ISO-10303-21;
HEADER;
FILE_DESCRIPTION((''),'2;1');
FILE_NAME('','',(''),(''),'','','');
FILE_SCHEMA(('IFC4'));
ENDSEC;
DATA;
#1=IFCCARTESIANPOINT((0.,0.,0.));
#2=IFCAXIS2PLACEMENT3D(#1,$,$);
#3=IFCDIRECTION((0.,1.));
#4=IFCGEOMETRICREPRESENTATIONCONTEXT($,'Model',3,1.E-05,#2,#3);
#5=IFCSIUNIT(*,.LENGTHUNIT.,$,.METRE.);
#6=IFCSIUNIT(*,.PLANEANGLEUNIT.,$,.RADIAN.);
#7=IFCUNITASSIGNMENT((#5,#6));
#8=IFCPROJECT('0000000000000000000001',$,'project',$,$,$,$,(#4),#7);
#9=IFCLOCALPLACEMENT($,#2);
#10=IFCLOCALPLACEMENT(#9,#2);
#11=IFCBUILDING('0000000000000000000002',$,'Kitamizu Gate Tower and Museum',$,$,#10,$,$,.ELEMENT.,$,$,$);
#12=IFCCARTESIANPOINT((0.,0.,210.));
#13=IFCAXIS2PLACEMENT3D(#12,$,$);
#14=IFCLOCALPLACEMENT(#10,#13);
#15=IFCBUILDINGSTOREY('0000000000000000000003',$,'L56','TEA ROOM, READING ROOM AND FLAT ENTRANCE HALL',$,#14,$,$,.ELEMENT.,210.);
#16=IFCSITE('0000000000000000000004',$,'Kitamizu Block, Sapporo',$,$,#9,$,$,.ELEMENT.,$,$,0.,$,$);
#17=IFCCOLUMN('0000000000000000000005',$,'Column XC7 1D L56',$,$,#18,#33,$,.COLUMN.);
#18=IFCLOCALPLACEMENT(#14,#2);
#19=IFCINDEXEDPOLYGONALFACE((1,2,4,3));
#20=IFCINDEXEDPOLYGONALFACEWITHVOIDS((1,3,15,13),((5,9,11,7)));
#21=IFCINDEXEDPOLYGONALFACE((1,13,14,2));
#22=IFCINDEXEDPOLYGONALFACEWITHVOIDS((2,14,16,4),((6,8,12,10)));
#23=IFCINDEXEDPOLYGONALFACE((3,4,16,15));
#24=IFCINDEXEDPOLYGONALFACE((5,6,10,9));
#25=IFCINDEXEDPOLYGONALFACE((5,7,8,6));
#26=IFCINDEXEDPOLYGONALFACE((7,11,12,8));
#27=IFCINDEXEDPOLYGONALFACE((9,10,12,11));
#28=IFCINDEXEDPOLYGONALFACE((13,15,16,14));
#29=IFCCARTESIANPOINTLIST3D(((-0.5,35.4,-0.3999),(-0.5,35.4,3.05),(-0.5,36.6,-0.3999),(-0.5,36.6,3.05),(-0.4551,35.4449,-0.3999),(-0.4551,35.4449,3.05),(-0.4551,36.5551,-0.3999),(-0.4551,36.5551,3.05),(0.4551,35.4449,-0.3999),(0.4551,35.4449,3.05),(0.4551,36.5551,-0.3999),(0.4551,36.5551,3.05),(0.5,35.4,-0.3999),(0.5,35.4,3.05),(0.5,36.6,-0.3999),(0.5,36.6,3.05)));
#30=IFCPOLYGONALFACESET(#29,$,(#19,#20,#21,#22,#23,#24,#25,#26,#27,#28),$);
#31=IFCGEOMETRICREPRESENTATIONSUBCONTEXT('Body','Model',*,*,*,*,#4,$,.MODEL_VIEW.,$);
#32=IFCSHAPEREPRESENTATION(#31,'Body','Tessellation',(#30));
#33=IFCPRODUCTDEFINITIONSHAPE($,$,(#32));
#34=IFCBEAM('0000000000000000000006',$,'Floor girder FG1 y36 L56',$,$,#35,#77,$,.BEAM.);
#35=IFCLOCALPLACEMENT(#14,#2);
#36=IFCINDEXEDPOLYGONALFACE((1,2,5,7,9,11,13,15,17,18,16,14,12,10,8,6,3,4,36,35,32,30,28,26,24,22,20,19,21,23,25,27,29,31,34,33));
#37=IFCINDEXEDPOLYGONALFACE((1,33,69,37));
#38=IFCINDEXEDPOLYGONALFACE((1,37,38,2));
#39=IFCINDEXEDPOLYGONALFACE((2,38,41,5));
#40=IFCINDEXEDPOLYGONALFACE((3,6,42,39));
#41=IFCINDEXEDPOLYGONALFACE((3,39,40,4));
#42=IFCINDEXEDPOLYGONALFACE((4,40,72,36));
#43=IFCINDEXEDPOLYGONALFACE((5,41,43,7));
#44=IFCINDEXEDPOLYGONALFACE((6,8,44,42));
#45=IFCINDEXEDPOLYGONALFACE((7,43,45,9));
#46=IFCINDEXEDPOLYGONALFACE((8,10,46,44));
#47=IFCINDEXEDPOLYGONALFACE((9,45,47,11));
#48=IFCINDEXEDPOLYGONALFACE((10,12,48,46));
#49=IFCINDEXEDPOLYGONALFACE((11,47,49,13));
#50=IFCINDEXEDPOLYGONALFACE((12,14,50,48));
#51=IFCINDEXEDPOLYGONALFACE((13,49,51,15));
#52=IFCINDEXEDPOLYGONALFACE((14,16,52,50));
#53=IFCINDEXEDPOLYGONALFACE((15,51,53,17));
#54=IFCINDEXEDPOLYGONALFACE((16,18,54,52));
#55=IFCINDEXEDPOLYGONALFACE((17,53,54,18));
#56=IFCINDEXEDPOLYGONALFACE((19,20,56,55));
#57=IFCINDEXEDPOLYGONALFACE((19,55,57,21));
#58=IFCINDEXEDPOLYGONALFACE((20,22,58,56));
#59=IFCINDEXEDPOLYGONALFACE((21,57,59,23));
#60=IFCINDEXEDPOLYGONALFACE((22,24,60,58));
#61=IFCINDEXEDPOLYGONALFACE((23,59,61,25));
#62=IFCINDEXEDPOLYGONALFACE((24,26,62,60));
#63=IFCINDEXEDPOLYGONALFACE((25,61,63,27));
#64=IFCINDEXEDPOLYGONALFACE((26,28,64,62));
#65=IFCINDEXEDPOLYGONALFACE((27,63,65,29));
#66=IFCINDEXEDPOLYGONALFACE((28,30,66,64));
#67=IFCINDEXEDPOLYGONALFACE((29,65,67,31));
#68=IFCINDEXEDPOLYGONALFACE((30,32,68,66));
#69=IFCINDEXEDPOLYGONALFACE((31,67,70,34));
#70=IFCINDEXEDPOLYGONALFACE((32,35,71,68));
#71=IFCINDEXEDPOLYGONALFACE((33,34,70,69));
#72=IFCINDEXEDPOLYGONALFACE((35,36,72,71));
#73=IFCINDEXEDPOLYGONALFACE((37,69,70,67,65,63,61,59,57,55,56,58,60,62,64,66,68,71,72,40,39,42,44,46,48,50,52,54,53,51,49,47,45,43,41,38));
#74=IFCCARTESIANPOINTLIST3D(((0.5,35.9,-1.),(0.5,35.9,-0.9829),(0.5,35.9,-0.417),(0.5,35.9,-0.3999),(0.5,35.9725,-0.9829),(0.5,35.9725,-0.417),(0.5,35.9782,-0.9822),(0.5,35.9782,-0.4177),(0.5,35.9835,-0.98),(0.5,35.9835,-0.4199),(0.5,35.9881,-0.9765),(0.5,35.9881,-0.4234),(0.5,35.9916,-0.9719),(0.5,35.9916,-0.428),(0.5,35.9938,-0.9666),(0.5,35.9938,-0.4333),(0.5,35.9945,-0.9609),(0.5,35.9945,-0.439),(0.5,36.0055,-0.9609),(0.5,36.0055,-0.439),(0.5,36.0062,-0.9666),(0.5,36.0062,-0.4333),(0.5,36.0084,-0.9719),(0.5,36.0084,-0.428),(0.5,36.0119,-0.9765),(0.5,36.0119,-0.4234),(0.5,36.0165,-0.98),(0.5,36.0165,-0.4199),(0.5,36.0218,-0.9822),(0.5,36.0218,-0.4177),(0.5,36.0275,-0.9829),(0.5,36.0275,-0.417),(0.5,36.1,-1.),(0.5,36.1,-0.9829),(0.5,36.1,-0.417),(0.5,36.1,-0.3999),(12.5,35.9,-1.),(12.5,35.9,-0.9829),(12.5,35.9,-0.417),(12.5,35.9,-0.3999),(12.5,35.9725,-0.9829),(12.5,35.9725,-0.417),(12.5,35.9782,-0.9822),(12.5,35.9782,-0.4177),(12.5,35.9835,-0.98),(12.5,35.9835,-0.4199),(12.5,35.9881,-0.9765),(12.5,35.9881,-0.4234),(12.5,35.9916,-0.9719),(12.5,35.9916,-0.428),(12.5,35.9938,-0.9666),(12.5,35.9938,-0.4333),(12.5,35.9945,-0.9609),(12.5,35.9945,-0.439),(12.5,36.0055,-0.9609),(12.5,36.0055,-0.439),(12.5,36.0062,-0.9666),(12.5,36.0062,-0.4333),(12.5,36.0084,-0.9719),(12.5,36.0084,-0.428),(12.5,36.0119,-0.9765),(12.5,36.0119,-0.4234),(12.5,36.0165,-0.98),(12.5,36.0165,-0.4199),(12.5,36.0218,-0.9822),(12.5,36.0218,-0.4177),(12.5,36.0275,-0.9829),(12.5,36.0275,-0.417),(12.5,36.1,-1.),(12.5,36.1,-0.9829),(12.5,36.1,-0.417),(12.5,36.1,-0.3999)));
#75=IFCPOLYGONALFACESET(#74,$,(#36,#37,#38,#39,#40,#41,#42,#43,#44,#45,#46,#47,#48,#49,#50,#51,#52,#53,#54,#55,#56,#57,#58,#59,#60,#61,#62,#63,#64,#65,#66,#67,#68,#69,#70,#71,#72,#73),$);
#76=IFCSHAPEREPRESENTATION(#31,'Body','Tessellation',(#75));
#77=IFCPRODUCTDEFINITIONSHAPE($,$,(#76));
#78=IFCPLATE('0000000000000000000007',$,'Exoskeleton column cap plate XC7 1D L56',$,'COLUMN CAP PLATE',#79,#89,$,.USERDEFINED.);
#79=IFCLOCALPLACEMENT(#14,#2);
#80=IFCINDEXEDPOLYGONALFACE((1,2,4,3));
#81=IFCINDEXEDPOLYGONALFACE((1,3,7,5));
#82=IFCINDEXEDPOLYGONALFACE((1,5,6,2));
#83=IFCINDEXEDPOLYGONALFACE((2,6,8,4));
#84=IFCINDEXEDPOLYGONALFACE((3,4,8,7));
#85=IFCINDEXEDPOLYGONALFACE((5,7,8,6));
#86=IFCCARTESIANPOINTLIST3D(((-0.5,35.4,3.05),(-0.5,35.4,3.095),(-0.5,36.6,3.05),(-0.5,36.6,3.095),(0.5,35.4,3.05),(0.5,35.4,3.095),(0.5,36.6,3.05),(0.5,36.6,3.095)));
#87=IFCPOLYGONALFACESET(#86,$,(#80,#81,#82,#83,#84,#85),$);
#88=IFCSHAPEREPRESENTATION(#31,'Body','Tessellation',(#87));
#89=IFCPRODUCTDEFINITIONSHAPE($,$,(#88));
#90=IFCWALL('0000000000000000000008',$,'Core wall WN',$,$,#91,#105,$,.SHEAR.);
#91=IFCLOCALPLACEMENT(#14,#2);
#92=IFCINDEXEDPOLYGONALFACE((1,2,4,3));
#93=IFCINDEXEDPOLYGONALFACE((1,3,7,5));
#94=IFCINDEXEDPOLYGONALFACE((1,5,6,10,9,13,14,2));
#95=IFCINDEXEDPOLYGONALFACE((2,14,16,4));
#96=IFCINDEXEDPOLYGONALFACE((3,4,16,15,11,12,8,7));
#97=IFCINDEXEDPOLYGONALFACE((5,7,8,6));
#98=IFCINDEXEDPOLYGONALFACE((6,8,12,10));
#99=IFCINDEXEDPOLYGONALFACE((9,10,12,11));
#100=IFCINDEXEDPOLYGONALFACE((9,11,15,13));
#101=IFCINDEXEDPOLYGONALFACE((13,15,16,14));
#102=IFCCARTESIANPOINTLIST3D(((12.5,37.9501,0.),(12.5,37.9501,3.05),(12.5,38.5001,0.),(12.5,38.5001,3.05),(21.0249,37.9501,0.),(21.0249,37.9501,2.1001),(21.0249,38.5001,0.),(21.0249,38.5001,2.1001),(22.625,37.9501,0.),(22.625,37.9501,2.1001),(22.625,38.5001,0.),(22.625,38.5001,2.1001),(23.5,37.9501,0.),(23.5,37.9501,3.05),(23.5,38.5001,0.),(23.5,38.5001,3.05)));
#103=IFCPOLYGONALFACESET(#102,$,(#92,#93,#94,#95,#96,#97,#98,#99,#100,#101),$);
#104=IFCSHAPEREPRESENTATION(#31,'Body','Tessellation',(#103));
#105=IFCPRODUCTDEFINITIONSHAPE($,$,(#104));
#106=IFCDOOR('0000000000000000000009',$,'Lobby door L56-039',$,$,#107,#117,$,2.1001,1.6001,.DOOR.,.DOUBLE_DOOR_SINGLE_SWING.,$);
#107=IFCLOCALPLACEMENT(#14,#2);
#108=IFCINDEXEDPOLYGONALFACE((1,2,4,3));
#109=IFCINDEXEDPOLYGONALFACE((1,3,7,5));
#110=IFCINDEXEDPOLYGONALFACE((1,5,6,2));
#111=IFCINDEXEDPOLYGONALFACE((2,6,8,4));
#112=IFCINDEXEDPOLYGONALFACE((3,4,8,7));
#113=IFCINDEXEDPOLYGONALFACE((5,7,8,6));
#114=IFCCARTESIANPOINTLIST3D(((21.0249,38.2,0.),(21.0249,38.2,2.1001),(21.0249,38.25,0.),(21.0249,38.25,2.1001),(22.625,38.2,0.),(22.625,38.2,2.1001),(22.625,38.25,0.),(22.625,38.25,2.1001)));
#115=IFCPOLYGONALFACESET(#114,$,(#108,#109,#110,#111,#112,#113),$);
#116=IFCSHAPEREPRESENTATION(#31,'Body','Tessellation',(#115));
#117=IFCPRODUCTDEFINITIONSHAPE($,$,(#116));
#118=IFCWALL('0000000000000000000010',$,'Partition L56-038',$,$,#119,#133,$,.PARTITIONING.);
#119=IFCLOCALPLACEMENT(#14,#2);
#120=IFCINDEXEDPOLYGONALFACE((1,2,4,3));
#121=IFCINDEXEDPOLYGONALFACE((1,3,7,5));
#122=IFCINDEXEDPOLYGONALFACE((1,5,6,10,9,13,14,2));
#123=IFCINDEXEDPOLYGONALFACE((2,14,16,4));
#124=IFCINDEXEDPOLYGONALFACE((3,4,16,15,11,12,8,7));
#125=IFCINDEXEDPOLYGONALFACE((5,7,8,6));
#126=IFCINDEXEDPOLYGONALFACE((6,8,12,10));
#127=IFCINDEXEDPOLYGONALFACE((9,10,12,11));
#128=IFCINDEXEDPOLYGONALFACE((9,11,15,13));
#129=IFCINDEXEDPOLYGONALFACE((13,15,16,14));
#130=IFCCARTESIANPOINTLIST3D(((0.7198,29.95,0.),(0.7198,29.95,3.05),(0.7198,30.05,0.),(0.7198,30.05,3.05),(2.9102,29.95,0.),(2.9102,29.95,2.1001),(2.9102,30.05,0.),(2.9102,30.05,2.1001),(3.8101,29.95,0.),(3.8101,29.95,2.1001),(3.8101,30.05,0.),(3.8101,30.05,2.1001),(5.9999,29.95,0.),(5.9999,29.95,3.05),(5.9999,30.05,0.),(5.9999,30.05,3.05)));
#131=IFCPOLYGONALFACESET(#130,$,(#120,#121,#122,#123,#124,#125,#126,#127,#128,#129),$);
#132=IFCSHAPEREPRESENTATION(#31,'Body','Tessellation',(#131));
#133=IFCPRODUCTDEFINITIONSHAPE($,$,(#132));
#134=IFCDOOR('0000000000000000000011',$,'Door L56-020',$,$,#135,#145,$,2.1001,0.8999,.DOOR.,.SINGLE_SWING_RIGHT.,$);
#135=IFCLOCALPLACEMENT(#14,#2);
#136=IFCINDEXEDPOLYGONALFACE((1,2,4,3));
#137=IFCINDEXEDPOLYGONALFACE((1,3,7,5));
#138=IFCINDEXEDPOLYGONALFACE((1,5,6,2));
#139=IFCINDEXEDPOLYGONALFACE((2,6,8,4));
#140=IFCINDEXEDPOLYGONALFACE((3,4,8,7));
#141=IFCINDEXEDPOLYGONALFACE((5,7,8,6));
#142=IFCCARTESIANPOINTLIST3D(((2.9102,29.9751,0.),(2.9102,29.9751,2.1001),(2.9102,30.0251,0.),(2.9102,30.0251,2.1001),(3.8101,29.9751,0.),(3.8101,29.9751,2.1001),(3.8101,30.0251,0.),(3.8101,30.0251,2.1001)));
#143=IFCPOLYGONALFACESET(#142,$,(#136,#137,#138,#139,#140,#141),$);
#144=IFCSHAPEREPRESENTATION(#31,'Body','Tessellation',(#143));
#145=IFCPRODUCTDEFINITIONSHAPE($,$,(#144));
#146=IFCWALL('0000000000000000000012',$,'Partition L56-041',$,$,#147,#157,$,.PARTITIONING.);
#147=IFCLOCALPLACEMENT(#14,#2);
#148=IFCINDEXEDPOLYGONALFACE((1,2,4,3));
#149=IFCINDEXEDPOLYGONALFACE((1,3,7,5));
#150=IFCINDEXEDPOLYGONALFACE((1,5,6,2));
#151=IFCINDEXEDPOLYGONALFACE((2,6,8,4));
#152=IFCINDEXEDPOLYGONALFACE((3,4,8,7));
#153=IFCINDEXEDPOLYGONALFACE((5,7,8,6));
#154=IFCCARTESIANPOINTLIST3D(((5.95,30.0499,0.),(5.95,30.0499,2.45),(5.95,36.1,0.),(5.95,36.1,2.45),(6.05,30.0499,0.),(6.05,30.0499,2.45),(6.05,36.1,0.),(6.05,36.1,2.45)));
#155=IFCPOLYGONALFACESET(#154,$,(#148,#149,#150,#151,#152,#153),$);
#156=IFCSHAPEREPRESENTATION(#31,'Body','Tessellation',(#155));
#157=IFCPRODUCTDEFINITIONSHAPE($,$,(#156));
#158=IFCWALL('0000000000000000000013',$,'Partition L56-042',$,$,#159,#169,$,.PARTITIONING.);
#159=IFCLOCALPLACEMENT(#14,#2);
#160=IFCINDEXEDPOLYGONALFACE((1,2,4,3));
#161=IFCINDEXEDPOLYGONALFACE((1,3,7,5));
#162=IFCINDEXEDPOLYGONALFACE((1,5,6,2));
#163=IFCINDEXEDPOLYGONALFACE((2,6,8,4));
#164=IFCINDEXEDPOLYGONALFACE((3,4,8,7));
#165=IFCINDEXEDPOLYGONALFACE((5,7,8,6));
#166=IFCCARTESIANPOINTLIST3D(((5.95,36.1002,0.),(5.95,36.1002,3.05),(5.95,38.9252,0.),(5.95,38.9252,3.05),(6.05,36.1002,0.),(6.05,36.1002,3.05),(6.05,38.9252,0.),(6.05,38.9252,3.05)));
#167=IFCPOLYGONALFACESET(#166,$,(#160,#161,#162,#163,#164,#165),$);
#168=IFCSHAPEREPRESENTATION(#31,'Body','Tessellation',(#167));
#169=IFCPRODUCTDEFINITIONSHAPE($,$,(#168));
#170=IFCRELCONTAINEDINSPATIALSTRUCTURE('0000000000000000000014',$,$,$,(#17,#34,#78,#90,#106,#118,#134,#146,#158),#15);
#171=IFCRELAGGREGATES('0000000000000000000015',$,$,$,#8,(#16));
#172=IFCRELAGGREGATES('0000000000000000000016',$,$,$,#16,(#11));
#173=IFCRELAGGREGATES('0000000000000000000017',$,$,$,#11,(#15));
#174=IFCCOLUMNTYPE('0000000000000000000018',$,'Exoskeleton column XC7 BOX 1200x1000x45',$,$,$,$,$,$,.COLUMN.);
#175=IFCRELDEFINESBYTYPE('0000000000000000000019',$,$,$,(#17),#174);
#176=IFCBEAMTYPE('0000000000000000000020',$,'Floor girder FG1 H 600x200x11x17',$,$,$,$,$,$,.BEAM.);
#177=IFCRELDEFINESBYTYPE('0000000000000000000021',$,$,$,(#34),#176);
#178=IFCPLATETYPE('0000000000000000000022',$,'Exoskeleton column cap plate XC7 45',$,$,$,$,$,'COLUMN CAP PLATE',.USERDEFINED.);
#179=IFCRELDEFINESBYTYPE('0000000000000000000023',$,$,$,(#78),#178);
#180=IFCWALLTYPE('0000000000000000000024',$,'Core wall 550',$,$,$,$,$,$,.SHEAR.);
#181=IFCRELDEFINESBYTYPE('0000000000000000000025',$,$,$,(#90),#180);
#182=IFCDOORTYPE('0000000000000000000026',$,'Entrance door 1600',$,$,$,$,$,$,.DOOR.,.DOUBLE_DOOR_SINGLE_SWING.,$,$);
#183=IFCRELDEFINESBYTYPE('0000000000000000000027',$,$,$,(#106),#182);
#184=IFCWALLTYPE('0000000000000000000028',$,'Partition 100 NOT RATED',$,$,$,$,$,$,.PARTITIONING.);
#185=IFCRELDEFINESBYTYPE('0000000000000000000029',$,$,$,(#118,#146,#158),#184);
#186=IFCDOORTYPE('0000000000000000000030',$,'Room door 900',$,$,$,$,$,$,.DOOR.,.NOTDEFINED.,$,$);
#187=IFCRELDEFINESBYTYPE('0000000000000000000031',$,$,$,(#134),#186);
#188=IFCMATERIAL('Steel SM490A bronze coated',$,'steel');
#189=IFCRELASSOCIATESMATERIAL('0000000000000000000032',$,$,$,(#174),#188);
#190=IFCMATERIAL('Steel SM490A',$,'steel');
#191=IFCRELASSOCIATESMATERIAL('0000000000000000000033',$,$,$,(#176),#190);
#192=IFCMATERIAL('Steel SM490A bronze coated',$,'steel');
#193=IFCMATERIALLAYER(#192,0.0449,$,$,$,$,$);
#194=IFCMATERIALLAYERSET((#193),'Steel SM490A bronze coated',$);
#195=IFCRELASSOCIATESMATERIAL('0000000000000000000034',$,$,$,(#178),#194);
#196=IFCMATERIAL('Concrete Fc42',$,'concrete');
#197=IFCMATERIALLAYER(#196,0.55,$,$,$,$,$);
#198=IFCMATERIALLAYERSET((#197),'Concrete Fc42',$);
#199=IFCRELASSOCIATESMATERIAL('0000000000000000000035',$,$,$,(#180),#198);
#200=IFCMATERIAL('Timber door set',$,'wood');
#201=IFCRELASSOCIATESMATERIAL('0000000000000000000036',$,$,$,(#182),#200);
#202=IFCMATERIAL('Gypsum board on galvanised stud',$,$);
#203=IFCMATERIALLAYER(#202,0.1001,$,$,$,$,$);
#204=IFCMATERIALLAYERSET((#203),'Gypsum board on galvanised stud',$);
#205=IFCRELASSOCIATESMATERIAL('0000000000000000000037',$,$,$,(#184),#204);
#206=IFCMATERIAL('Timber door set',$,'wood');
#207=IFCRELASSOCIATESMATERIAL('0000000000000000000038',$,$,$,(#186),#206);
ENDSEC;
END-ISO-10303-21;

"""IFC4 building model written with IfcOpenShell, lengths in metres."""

from ifc_helpers import new_model, si_unit, direction, frame, frame_2d, origin, origin_2d, place, context, subcontext, project, spatial, rectangle, hollow_rectangle, i_section, extrude, material, layer, layer_set, material_profile, profile_set, type_object, element, fill, save


model = new_model("IFC4")

# Units and contexts
model_context = context("Model", 3, precision=1e-05, world=origin(), true_north=direction((0.0, 1.0)))
body_context = subcontext(model_context, "Body", "Model", "MODEL_VIEW")
ifc_project = project(units=[si_unit("LENGTHUNIT", "METRE"), si_unit("PLANEANGLEUNIT", "RADIAN")], contexts=[model_context])

# Site, building, storey
site_placement = place(None, origin())
site = spatial("IfcSite", under=ifc_project, at=site_placement, Name="Kitamizu Block, Sapporo", CompositionType="ELEMENT", RefElevation=0.0)
building_placement = place(site_placement, origin())
building = spatial("IfcBuilding", under=site, at=building_placement, Name="Kitamizu Gate Tower and Museum", CompositionType="ELEMENT")
storey_placement = place(building_placement, frame((0.0, 0.0, 210.0)))
storey = spatial("IfcBuildingStorey", under=building, at=storey_placement, Name="L56", Description="TEA ROOM, READING ROOM AND FLAT ENTRANCE HALL", CompositionType="ELEMENT", Elevation=210.0)

# Column
ifc_material_1 = material(Name="Steel SM490A bronze coated", Category="steel")
ifc_material_profile_1 = material_profile(ifc_material_1, hollow_rectangle(XDim=1.2, YDim=1.0, WallThickness=0.0449, at=origin_2d()), Name="BOX 1200x1000x45")
ifc_profile_set_1 = profile_set([ifc_material_profile_1], Name="Steel SM490A bronze coated")
column_type = type_object("IfcColumnType", Name="Exoskeleton column XC7 BOX 1200x1000x45", PredefinedType="COLUMN", material=ifc_profile_set_1)
column_placement = place(storey_placement, frame((0.0, 36.0, -0.3999), z_axis=(0.0, 0.0, 1.0), x_axis=(0.0, 1.0, 0.0)))
element("IfcColumn", 1, at=column_placement, inside=storey, type_object=column_type, Name="Column XC7 1D L56", PredefinedType="COLUMN", context=body_context, shape_type="SweptSolid", body=[
    extrude(hollow_rectangle(XDim=1.2, YDim=1.0, WallThickness=0.0449, at=origin_2d()), origin(), (0.0, 0.0, 1.0), 3.45),
])

# Beam
ifc_material_2 = material(Name="Steel SM490A", Category="steel")
ifc_material_profile_2 = material_profile(ifc_material_2, i_section(OverallWidth=0.2, OverallDepth=0.6001, WebThickness=0.011, FlangeThickness=0.0171, FilletRadius=0.022, at=origin_2d()), Name="H-600x200x11x17")
ifc_profile_set_2 = profile_set([ifc_material_profile_2], Name="Steel SM490A")
beam_type = type_object("IfcBeamType", Name="Floor girder FG1 H 600x200x11x17", PredefinedType="BEAM", material=ifc_profile_set_2)
beam_placement = place(storey_placement, frame((0.5, 36.0, -0.7), z_axis=(1.0, 0.0, 0.0), x_axis=(0.0, 1.0, 0.0)))
element("IfcBeam", 2, at=beam_placement, inside=storey, type_object=beam_type, Name="Floor girder FG1 y36 L56", PredefinedType="BEAM", context=body_context, shape_type="SweptSolid", body=[
    extrude(i_section(OverallWidth=0.2, OverallDepth=0.6001, WebThickness=0.011, FlangeThickness=0.0171, FilletRadius=0.022, at=origin_2d()), origin(), (0.0, 0.0, 1.0), 12.0),
])

# Plate
ifc_material_3 = material(Name="Steel SM490A bronze coated", Category="steel")
ifc_layer_1 = layer(ifc_material_3, 0.0449)
ifc_layer_set_1 = layer_set([ifc_layer_1], Name="Steel SM490A bronze coated")
plate_type = type_object("IfcPlateType", Name="Exoskeleton column cap plate XC7 45", ElementType="COLUMN CAP PLATE", PredefinedType="USERDEFINED", material=ifc_layer_set_1)
plate_placement = place(storey_placement, frame((0.0, 36.0, 3.05), z_axis=(0.0, 0.0, 1.0), x_axis=(0.0, 1.0, 0.0)))
element("IfcPlate", 3, at=plate_placement, inside=storey, type_object=plate_type, Name="Exoskeleton column cap plate XC7 1D L56", ObjectType="COLUMN CAP PLATE", PredefinedType="USERDEFINED", context=body_context, shape_type="SweptSolid", body=[
    extrude(rectangle(XDim=1.2, YDim=1.0, at=origin_2d()), origin(), (0.0, 0.0, 1.0), 0.0449),
])

# Walls, openings, doors
ifc_material_4 = material(Name="Concrete Fc42", Category="concrete")
ifc_layer_2 = layer(ifc_material_4, 0.55)
ifc_layer_set_2 = layer_set([ifc_layer_2], Name="Concrete Fc42")
wall_type_1 = type_object("IfcWallType", Name="Core wall 550", PredefinedType="SHEAR", material=ifc_layer_set_2)
wall_1_placement = place(storey_placement, frame((12.5, 38.2251, 0.0), z_axis=(0.0, 0.0, 1.0), x_axis=(1.0, 0.0, 0.0)))
wall_1 = element("IfcWall", 4, at=wall_1_placement, inside=storey, type_object=wall_type_1, Name="Core wall WN", PredefinedType="SHEAR", context=body_context, shape_type="SweptSolid", body=[
    extrude(rectangle(XDim=11.0, YDim=0.55, at=frame_2d((5.5, 0.0))), origin(), (0.0, 0.0, 1.0), 3.05),
])
opening_1_placement = place(wall_1_placement, frame((8.5249, 0.0, 0.0)))
opening_1 = element("IfcOpeningElement", 5, at=opening_1_placement, cuts=wall_1, PredefinedType="OPENING", context=body_context, shape_type="SweptSolid", body=[
    extrude(rectangle(XDim=1.6001, YDim=2.1001, at=frame_2d((0.8, 1.05))), frame((0.0, 0.2852, 0.0), z_axis=(0.0, -1.0, 0.0), x_axis=(1.0, 0.0, 0.0)), (0.0, 0.0, 1.0), 0.5701),
])
ifc_material_5 = material(Name="Timber door set", Category="wood")
door_type_1 = type_object("IfcDoorType", Name="Entrance door 1600", OperationType="DOUBLE_DOOR_SINGLE_SWING", PredefinedType="DOOR", material=ifc_material_5)
door_1_placement = place(opening_1_placement, origin())
door_1 = element("IfcDoor", 6, at=door_1_placement, inside=storey, type_object=door_type_1, Name="Lobby door L56-039", OperationType="DOUBLE_DOOR_SINGLE_SWING", OverallHeight=2.1001, OverallWidth=1.6001, PredefinedType="DOOR", context=body_context, shape_type="SweptSolid", body=[
    extrude(rectangle(XDim=1.6001, YDim=2.1001, at=frame_2d((0.8, 1.05))), frame((0.0, 0.0249, 0.0), z_axis=(0.0, -1.0, 0.0), x_axis=(1.0, 0.0, 0.0)), (0.0, 0.0, 1.0), 0.05),
])
fill(opening_1, door_1)
ifc_material_6 = material(Name="Gypsum board on galvanised stud")
ifc_layer_3 = layer(ifc_material_6, 0.1001)
ifc_layer_set_3 = layer_set([ifc_layer_3], Name="Gypsum board on galvanised stud")
wall_type_2 = type_object("IfcWallType", Name="Partition 100 NOT RATED", PredefinedType="PARTITIONING", material=ifc_layer_set_3)
wall_2_placement = place(storey_placement, frame((6.0, 30.0, 0.0), z_axis=(0.0, 0.0, 1.0), x_axis=(-1.0, 0.0, 0.0)))
wall_2 = element("IfcWall", 7, at=wall_2_placement, inside=storey, type_object=wall_type_2, Name="Partition L56-038", PredefinedType="PARTITIONING", context=body_context, shape_type="SweptSolid", body=[
    extrude(rectangle(XDim=5.28, YDim=0.1001, at=frame_2d((2.6401, 0.0))), origin(), (0.0, 0.0, 1.0), 3.05),
])
opening_2_placement = place(wall_2_placement, frame((2.1899, 0.0, 0.0)))
opening_2 = element("IfcOpeningElement", 8, at=opening_2_placement, cuts=wall_2, PredefinedType="OPENING", context=body_context, shape_type="SweptSolid", body=[
    extrude(rectangle(XDim=0.8999, YDim=2.1001, at=frame_2d((0.45, 1.05))), frame((0.0, 0.0601, 0.0), z_axis=(0.0, -1.0, 0.0), x_axis=(1.0, 0.0, 0.0)), (0.0, 0.0, 1.0), 0.1201),
])
ifc_material_7 = material(Name="Timber door set", Category="wood")
door_type_2 = type_object("IfcDoorType", Name="Room door 900", OperationType="NOTDEFINED", PredefinedType="DOOR", material=ifc_material_7)
door_2_placement = place(opening_2_placement, origin())
door_2 = element("IfcDoor", 9, at=door_2_placement, inside=storey, type_object=door_type_2, Name="Door L56-020", OperationType="SINGLE_SWING_RIGHT", OverallHeight=2.1001, OverallWidth=0.8999, PredefinedType="DOOR", context=body_context, shape_type="SweptSolid", body=[
    extrude(rectangle(XDim=0.8999, YDim=2.1001, at=frame_2d((0.45, 1.05))), frame((0.0, 0.0249, 0.0), z_axis=(0.0, -1.0, 0.0), x_axis=(1.0, 0.0, 0.0)), (0.0, 0.0, 1.0), 0.05),
])
fill(opening_2, door_2)

# Walls
wall_3_placement = place(storey_placement, frame((6.0, 30.05, 0.0), z_axis=(0.0, 0.0, 1.0), x_axis=(0.0, 1.0, 0.0)))
element("IfcWall", 10, at=wall_3_placement, inside=storey, type_object=wall_type_2, Name="Partition L56-041", PredefinedType="PARTITIONING", context=body_context, shape_type="SweptSolid", body=[
    extrude(rectangle(XDim=6.05, YDim=0.1001, at=frame_2d((3.0249, 0.0))), origin(), (0.0, 0.0, 1.0), 2.45),
])
wall_4_placement = place(storey_placement, frame((6.0, 36.1001, 0.0), z_axis=(0.0, 0.0, 1.0), x_axis=(0.0, 1.0, 0.0)))
element("IfcWall", 11, at=wall_4_placement, inside=storey, type_object=wall_type_2, Name="Partition L56-042", PredefinedType="PARTITIONING", context=body_context, shape_type="SweptSolid", body=[
    extrude(rectangle(XDim=2.825, YDim=0.1001, at=frame_2d((1.4126, 0.0))), origin(), (0.0, 0.0, 1.0), 3.05),
])

save(model, "model.ifc")
